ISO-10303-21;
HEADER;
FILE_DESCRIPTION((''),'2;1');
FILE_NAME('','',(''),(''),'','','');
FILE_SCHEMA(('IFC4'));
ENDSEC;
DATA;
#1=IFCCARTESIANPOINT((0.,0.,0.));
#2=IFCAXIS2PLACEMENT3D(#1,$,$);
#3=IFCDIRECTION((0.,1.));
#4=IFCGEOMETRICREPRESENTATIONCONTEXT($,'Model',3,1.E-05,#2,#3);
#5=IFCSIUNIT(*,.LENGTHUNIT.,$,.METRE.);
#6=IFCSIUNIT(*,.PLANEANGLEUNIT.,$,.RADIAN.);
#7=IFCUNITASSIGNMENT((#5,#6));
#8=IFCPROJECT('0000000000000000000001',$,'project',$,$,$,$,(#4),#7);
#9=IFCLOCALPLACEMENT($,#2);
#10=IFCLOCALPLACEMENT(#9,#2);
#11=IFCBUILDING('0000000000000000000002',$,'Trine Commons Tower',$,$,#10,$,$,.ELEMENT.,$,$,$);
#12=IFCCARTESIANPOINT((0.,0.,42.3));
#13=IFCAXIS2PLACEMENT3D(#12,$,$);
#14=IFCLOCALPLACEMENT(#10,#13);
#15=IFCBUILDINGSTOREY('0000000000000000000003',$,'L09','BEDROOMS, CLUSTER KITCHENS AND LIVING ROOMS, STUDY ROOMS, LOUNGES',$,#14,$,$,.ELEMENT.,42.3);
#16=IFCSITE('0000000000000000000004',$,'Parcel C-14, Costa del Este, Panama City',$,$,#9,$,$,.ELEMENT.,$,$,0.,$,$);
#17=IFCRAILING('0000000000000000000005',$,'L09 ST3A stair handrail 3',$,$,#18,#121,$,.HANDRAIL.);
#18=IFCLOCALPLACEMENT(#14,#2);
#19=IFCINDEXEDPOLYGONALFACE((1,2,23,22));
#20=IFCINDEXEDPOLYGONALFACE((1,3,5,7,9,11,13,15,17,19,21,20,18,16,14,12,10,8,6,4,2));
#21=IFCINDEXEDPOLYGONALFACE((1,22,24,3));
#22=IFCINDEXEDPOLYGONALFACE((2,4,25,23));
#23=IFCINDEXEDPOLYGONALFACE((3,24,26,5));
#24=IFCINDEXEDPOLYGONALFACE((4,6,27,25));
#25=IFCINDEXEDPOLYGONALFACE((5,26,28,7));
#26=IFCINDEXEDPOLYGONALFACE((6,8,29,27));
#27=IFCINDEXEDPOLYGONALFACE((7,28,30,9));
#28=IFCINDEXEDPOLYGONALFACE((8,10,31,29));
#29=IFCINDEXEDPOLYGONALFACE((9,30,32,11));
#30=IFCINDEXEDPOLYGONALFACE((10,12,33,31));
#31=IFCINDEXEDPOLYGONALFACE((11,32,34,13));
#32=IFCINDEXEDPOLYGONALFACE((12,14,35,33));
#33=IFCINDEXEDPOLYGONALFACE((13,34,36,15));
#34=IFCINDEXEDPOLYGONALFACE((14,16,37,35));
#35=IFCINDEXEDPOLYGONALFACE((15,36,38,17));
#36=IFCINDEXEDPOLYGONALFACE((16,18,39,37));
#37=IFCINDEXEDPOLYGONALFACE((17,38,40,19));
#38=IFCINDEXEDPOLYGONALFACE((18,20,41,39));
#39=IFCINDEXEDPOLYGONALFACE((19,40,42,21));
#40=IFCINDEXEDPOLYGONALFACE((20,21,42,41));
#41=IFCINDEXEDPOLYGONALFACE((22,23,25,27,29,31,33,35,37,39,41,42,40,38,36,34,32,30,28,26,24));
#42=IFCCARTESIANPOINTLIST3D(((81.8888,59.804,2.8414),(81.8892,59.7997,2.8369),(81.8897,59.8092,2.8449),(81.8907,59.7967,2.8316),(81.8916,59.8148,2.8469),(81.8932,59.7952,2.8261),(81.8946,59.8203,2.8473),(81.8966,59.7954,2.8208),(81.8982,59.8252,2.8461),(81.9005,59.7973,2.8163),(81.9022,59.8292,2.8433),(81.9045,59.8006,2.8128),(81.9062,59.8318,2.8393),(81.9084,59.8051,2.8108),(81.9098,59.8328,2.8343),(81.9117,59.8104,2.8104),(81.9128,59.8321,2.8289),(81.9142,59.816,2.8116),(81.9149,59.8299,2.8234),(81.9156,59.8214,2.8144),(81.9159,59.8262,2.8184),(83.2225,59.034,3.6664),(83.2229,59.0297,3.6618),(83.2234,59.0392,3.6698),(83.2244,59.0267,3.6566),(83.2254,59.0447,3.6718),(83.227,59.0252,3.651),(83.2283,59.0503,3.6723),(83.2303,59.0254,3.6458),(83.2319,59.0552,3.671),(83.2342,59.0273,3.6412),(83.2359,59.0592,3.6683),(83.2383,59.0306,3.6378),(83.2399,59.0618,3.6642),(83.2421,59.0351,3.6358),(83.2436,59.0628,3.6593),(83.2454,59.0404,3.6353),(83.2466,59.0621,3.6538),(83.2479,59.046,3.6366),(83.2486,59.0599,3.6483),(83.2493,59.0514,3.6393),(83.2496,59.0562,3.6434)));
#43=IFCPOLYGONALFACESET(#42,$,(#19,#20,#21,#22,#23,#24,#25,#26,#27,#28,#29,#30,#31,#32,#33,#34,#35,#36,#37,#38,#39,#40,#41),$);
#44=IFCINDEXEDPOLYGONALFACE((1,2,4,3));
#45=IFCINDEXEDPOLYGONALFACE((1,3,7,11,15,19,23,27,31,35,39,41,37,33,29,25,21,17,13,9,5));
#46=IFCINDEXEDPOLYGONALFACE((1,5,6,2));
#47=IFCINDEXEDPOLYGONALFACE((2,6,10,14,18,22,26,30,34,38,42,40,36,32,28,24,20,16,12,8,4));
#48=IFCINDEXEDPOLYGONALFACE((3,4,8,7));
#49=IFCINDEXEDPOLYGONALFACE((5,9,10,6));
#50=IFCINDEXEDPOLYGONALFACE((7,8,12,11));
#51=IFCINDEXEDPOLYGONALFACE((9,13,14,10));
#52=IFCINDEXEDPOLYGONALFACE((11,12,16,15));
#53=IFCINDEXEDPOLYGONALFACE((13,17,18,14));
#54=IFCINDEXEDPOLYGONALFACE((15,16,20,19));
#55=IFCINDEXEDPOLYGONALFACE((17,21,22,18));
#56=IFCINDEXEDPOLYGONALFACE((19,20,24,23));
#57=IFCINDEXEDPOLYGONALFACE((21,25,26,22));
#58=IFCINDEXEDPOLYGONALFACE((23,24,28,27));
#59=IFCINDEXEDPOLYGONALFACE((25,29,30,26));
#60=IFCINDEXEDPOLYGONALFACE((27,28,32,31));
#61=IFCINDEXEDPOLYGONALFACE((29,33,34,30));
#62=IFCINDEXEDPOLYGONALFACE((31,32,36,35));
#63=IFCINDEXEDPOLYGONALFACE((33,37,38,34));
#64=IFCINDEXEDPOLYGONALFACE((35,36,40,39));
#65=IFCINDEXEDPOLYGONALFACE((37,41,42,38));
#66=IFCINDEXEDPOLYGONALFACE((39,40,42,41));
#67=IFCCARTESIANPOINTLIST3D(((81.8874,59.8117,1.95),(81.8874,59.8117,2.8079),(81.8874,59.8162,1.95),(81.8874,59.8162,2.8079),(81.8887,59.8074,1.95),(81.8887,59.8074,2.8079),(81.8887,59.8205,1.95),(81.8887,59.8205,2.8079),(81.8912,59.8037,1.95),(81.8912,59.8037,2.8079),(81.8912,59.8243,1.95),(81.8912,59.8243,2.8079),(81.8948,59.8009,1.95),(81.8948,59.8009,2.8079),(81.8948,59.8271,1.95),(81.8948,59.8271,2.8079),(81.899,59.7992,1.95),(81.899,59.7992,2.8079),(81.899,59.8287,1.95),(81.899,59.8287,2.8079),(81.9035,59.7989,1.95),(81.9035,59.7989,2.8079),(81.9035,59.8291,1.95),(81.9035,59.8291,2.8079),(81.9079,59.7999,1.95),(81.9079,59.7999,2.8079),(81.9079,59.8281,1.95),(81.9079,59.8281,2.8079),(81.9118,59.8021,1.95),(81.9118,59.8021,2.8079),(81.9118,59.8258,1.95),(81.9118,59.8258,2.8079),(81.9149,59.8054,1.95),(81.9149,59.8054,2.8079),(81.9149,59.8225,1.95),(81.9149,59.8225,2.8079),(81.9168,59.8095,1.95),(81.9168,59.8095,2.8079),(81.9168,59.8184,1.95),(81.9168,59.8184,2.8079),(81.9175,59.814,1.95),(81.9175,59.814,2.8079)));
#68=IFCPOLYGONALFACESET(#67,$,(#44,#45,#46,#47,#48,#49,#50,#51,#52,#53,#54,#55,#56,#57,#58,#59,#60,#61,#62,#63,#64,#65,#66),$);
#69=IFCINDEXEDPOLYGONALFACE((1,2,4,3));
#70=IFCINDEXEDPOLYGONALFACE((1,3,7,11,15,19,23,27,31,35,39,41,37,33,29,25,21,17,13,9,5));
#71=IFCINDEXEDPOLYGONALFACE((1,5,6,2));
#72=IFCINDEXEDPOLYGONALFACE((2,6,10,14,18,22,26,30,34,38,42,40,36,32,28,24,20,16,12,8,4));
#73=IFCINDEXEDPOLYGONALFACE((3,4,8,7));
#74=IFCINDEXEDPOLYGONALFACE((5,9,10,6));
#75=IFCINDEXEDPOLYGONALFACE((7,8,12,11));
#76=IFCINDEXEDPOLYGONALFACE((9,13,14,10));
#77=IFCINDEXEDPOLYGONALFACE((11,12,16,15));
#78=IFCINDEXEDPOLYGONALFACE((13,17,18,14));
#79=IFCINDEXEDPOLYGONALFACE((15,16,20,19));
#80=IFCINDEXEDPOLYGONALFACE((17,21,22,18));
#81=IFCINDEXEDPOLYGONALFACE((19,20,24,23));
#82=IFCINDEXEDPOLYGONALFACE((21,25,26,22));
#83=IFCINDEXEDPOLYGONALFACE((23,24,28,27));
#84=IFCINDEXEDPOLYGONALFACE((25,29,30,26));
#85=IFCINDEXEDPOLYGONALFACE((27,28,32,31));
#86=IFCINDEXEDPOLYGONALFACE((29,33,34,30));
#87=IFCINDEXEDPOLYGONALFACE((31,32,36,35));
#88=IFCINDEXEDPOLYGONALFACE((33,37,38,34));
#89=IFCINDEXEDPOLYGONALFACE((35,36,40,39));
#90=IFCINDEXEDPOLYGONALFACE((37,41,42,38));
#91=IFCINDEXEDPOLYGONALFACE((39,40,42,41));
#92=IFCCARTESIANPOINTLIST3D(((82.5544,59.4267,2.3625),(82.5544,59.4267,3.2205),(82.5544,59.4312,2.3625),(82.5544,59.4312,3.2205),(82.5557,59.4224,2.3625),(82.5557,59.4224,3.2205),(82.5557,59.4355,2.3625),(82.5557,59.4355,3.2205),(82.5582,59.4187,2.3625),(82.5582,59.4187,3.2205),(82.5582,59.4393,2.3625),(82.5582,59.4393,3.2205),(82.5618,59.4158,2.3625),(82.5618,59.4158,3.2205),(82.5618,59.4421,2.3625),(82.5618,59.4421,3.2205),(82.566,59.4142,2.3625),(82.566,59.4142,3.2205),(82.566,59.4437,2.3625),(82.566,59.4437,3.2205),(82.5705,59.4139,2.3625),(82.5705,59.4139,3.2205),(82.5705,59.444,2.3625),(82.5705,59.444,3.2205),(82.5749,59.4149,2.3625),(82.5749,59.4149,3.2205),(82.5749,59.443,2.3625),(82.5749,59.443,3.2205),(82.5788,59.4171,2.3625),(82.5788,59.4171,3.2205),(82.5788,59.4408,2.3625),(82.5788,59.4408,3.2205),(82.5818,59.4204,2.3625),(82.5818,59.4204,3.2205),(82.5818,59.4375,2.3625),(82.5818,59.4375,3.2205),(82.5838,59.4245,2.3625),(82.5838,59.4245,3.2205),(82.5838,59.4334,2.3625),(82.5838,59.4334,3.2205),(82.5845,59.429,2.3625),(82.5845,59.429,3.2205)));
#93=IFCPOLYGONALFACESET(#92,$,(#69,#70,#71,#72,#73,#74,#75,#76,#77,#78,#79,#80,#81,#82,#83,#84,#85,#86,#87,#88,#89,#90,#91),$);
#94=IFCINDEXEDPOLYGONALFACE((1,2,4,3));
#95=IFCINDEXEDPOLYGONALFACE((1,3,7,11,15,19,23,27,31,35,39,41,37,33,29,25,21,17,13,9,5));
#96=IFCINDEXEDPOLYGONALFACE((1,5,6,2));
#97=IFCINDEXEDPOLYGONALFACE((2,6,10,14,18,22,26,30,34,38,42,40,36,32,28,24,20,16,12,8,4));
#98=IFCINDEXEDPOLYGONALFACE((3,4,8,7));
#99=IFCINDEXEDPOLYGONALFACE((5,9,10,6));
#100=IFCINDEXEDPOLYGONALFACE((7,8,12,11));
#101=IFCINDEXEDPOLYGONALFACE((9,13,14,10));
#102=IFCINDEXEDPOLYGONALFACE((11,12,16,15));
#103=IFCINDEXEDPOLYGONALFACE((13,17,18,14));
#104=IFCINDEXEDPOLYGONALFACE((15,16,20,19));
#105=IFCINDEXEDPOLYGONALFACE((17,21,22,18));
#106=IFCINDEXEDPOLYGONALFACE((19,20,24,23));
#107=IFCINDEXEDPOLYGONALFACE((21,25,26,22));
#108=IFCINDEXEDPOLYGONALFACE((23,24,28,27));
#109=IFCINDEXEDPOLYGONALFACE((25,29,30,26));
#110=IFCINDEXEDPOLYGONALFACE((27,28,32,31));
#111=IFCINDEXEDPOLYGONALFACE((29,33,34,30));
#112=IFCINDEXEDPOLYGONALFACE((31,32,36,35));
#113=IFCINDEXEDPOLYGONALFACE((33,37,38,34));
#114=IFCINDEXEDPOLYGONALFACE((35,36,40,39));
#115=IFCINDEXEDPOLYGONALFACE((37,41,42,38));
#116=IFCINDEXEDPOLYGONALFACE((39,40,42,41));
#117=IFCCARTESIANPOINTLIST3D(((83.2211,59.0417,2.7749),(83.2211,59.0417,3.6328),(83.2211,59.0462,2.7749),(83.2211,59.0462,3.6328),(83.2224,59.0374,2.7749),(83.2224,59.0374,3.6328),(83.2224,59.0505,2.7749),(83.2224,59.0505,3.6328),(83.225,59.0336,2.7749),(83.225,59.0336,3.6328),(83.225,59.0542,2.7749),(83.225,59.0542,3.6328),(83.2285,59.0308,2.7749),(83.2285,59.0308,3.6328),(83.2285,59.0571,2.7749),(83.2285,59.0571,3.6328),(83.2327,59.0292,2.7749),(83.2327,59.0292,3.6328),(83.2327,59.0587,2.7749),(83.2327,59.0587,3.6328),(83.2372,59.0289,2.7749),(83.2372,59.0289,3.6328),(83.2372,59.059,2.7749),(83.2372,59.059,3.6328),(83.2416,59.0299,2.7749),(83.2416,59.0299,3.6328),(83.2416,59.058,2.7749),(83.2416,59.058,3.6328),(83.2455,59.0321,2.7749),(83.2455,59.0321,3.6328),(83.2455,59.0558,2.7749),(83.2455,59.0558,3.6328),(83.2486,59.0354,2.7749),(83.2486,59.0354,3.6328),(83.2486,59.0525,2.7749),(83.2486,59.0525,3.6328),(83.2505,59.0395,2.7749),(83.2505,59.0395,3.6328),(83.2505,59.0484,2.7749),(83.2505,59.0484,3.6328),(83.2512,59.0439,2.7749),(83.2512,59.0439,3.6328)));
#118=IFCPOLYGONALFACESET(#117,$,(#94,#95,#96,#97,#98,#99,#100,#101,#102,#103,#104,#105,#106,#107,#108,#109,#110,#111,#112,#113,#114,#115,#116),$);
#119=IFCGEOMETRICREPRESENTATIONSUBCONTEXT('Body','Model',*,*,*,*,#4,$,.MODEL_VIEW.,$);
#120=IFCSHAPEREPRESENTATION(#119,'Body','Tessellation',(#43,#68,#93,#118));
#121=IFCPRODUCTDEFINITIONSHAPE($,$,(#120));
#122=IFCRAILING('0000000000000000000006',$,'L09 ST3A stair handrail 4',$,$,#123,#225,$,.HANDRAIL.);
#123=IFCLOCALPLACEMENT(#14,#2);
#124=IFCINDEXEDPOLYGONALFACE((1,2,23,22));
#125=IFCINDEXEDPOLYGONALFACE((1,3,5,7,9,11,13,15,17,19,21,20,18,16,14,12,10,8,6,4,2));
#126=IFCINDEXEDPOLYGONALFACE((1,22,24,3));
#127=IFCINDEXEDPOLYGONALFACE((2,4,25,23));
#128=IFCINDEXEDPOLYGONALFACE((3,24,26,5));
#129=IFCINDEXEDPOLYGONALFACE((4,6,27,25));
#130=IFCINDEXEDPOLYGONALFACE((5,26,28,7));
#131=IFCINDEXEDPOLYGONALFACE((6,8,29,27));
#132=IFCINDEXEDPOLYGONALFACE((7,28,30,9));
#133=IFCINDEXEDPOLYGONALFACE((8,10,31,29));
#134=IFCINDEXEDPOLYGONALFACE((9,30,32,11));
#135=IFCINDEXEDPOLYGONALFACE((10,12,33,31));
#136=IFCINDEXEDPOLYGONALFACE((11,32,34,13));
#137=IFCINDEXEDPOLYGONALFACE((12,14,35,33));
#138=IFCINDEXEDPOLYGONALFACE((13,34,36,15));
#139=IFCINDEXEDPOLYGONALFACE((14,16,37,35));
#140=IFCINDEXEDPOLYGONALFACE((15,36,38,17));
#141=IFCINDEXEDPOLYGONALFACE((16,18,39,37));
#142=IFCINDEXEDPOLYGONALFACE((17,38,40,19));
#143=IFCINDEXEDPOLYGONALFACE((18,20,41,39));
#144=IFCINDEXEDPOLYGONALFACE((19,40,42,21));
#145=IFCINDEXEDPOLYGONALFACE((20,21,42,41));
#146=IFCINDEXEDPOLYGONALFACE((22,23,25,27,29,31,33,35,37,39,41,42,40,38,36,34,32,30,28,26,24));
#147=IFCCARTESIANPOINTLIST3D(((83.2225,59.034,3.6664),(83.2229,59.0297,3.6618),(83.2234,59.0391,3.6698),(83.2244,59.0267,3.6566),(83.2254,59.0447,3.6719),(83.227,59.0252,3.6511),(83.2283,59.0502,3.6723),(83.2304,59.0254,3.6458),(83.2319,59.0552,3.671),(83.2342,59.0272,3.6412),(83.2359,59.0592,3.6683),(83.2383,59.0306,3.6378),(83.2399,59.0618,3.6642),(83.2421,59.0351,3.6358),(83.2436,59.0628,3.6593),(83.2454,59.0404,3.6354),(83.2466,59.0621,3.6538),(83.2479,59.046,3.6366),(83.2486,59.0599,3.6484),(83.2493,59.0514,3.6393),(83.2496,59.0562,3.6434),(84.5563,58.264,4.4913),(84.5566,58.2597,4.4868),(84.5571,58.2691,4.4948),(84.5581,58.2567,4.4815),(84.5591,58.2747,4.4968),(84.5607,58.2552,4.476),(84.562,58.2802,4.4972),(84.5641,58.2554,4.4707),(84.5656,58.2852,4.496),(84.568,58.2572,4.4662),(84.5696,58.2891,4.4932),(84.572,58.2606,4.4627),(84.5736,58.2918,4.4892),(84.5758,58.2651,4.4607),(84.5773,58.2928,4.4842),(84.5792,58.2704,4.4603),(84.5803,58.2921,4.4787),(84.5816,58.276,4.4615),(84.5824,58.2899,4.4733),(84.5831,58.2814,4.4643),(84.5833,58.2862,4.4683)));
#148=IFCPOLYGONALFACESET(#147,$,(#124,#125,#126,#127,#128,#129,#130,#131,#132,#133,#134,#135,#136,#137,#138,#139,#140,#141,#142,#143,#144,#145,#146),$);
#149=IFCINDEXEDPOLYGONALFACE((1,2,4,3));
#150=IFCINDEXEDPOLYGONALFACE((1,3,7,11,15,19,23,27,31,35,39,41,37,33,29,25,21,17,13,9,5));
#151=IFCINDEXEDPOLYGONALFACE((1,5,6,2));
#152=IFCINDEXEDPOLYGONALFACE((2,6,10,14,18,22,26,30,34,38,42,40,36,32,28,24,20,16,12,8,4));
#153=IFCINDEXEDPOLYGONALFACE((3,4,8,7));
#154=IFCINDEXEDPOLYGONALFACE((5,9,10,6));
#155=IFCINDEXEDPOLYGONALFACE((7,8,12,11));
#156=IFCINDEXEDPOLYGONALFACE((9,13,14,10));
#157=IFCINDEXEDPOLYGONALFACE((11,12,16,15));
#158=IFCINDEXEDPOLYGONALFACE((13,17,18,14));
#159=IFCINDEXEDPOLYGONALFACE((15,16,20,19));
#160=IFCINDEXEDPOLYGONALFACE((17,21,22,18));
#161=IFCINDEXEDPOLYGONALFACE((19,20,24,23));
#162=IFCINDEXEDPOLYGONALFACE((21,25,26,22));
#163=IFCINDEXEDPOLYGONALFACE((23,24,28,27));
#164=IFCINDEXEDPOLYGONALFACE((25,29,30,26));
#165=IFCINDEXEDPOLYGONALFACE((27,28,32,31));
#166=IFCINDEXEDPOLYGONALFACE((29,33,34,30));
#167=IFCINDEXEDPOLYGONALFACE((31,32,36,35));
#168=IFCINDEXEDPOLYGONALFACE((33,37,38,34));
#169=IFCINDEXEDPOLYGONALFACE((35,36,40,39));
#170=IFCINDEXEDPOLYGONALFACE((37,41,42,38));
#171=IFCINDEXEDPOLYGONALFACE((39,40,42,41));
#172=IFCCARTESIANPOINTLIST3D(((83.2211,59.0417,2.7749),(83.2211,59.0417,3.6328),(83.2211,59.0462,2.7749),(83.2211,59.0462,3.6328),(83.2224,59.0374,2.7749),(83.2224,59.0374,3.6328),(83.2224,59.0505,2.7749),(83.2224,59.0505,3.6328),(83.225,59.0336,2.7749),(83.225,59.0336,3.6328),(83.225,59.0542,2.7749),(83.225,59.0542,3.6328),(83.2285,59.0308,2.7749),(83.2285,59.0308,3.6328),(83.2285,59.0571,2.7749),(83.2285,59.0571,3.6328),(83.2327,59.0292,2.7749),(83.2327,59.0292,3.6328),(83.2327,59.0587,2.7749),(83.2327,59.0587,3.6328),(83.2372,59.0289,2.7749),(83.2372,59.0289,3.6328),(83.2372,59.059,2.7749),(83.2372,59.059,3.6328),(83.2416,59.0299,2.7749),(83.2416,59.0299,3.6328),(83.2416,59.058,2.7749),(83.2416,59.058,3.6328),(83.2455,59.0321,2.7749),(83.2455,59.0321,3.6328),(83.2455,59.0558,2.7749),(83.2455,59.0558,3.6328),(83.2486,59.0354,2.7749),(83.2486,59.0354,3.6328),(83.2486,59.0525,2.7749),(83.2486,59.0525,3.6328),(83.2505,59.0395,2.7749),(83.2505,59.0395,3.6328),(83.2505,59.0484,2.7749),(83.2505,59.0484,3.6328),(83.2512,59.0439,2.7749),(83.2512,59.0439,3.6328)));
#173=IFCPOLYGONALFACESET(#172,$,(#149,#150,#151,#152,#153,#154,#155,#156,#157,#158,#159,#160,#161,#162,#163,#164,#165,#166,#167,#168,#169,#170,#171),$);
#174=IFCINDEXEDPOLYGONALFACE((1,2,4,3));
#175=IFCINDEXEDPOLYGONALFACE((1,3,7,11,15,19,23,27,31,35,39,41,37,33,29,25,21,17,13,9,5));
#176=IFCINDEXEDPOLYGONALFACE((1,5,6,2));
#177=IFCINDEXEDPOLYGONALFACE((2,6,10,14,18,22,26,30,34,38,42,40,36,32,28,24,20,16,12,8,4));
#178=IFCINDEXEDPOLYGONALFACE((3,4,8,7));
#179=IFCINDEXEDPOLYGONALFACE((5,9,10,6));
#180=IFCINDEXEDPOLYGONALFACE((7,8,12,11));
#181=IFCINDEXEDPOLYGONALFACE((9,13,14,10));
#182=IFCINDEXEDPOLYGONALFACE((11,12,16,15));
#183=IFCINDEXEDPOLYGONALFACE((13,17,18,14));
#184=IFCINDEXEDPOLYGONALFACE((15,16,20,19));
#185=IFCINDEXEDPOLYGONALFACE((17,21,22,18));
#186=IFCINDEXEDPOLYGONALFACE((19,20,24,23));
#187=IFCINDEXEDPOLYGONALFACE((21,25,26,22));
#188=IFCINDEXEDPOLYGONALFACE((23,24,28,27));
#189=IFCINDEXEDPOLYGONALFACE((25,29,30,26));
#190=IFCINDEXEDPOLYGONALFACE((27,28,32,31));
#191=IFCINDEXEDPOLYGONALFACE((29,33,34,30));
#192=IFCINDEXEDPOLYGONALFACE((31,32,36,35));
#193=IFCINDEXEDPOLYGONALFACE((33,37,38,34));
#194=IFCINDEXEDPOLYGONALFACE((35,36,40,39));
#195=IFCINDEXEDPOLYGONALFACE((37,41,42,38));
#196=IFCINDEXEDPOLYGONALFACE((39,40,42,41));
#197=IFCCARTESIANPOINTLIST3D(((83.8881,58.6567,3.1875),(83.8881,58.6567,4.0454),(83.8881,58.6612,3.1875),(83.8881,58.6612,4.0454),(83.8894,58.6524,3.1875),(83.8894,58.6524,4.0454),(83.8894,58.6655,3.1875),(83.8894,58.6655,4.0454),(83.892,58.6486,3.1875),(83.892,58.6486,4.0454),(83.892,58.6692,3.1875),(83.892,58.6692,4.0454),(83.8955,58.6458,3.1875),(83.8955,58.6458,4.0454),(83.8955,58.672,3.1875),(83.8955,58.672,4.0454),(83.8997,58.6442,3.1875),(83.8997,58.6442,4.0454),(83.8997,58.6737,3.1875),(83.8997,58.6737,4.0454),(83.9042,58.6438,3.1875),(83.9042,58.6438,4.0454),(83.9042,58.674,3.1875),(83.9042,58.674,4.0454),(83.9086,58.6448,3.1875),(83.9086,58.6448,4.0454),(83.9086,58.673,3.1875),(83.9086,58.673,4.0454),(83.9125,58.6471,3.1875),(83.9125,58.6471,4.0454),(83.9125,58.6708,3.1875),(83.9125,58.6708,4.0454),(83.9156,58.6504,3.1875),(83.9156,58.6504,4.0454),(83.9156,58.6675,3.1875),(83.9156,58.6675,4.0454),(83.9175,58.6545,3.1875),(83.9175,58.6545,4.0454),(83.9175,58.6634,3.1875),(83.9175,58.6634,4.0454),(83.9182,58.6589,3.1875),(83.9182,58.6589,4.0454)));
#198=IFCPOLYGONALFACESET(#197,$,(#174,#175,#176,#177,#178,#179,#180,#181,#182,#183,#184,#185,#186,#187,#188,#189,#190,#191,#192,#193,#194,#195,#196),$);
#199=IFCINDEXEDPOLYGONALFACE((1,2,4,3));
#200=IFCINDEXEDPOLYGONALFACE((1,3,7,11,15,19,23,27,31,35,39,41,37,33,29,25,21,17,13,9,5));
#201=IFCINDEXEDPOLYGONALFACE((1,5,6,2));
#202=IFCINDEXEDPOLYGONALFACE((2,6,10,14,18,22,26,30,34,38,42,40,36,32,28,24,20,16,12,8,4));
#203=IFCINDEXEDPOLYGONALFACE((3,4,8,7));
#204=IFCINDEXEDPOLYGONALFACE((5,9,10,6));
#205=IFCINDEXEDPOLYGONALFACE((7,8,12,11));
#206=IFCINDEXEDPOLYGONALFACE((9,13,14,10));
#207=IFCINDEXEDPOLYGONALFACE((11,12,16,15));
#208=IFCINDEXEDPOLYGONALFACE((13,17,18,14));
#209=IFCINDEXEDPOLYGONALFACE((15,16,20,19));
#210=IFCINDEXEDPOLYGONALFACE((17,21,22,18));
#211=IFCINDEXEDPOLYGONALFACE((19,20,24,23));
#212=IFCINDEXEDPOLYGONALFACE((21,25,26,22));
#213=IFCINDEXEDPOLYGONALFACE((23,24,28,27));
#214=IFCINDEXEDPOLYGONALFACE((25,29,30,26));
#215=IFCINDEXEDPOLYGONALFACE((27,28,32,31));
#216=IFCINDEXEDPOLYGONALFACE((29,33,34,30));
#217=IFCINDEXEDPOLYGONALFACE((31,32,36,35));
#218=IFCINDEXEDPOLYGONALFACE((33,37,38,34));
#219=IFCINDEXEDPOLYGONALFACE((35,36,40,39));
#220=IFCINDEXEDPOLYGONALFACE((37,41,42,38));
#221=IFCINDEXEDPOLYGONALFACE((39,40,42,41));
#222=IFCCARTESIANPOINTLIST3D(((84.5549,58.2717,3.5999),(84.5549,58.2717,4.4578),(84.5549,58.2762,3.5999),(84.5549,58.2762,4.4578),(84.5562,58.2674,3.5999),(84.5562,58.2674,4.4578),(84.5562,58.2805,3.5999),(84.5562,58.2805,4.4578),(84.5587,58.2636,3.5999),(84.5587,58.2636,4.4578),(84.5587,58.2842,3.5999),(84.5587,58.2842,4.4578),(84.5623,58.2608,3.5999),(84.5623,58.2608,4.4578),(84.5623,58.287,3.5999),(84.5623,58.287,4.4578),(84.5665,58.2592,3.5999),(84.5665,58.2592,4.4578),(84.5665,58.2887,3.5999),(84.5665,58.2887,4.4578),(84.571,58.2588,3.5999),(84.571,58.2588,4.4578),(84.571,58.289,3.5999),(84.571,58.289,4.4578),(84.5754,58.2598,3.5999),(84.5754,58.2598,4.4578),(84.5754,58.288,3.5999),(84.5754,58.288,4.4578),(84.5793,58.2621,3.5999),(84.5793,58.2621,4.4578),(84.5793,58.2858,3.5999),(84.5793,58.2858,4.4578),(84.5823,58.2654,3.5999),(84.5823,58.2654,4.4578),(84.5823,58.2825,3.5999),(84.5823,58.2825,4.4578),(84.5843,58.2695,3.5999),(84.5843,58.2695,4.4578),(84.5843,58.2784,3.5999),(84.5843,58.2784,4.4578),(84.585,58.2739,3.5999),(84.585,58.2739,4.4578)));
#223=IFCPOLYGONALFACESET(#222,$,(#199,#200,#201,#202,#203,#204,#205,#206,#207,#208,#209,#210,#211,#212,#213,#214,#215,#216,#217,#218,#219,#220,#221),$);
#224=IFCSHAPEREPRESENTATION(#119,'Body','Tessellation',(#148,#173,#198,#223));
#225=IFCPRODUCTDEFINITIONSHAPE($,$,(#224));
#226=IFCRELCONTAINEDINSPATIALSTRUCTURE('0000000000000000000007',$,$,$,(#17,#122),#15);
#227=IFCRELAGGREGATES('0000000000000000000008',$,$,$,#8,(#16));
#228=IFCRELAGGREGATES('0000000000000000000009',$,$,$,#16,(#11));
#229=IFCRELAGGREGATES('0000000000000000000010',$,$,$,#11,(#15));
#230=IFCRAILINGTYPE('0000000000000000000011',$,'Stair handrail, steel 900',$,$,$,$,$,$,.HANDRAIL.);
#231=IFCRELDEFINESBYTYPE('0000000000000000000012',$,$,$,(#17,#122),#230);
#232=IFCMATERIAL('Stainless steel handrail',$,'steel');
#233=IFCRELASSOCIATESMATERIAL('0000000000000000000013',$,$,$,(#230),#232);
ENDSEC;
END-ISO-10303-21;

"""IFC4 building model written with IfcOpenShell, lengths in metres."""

from ifc_helpers import new_model, si_unit, direction, frame, origin, origin_2d, place, context, subcontext, project, spatial, circle, extrude, material, type_object, element, save


model = new_model("IFC4")

# Units and contexts
model_context = context("Model", 3, precision=1e-05, world=origin(), true_north=direction((0.0, 1.0)))
body_context = subcontext(model_context, "Body", "Model", "MODEL_VIEW")
ifc_project = project(units=[si_unit("LENGTHUNIT", "METRE"), si_unit("PLANEANGLEUNIT", "RADIAN")], contexts=[model_context])

# Site, building, storey
site_placement = place(None, origin())
site = spatial("IfcSite", under=ifc_project, at=site_placement, Name="Parcel C-14, Costa del Este, Panama City", CompositionType="ELEMENT", RefElevation=0.0)
building_placement = place(site_placement, origin())
building = spatial("IfcBuilding", under=site, at=building_placement, Name="Trine Commons Tower", CompositionType="ELEMENT")
storey_placement = place(building_placement, frame((0.0, 0.0, 42.3)))
storey = spatial("IfcBuildingStorey", under=building, at=storey_placement, Name="L09", Description="BEDROOMS, CLUSTER KITCHENS AND LIVING ROOMS, STUDY ROOMS, LOUNGES", CompositionType="ELEMENT", Elevation=42.3)

# Railings
ifc_material_1 = material(Name="Stainless steel handrail", Category="steel")
railing_type_1 = type_object("IfcRailingType", Name="Stair handrail, steel 900", PredefinedType="HANDRAIL", material=ifc_material_1)
for number, where, name in (
    (1, (81.9023, 59.814, 1.95), "L09 ST3A stair handrail 3"),
    (2, (83.2361, 59.0439, 2.7749), "L09 ST3A stair handrail 4"),
):
    element("IfcRailing", number, at=place(storey_placement, frame(where)), inside=storey, type_object=railing_type_1, Name=name, PredefinedType="HANDRAIL", context=body_context, shape_type="SweptSolid", body=[
        extrude(circle(Radius=0.021, at=origin_2d()), frame((0.0, 0.0, 0.8789), z_axis=(0.763405, -0.440743, 0.472185), x_axis=(0.499992, 0.86603, 0.0)), (0.0, 0.0, 1.0), 1.7471),
        extrude(circle(Radius=0.0151, at=origin_2d()), origin(), (0.0, 0.0, 1.0), 0.8579),
        extrude(circle(Radius=0.0151, at=origin_2d()), frame((0.667, -0.385, 0.4126)), (0.0, 0.0, 1.0), 0.8579),
        extrude(circle(Radius=0.0151, at=origin_2d()), frame((1.3337, -0.77, 0.825)), (0.0, 0.0, 1.0), 0.8579),
    ])

save(model, "model.ifc")
